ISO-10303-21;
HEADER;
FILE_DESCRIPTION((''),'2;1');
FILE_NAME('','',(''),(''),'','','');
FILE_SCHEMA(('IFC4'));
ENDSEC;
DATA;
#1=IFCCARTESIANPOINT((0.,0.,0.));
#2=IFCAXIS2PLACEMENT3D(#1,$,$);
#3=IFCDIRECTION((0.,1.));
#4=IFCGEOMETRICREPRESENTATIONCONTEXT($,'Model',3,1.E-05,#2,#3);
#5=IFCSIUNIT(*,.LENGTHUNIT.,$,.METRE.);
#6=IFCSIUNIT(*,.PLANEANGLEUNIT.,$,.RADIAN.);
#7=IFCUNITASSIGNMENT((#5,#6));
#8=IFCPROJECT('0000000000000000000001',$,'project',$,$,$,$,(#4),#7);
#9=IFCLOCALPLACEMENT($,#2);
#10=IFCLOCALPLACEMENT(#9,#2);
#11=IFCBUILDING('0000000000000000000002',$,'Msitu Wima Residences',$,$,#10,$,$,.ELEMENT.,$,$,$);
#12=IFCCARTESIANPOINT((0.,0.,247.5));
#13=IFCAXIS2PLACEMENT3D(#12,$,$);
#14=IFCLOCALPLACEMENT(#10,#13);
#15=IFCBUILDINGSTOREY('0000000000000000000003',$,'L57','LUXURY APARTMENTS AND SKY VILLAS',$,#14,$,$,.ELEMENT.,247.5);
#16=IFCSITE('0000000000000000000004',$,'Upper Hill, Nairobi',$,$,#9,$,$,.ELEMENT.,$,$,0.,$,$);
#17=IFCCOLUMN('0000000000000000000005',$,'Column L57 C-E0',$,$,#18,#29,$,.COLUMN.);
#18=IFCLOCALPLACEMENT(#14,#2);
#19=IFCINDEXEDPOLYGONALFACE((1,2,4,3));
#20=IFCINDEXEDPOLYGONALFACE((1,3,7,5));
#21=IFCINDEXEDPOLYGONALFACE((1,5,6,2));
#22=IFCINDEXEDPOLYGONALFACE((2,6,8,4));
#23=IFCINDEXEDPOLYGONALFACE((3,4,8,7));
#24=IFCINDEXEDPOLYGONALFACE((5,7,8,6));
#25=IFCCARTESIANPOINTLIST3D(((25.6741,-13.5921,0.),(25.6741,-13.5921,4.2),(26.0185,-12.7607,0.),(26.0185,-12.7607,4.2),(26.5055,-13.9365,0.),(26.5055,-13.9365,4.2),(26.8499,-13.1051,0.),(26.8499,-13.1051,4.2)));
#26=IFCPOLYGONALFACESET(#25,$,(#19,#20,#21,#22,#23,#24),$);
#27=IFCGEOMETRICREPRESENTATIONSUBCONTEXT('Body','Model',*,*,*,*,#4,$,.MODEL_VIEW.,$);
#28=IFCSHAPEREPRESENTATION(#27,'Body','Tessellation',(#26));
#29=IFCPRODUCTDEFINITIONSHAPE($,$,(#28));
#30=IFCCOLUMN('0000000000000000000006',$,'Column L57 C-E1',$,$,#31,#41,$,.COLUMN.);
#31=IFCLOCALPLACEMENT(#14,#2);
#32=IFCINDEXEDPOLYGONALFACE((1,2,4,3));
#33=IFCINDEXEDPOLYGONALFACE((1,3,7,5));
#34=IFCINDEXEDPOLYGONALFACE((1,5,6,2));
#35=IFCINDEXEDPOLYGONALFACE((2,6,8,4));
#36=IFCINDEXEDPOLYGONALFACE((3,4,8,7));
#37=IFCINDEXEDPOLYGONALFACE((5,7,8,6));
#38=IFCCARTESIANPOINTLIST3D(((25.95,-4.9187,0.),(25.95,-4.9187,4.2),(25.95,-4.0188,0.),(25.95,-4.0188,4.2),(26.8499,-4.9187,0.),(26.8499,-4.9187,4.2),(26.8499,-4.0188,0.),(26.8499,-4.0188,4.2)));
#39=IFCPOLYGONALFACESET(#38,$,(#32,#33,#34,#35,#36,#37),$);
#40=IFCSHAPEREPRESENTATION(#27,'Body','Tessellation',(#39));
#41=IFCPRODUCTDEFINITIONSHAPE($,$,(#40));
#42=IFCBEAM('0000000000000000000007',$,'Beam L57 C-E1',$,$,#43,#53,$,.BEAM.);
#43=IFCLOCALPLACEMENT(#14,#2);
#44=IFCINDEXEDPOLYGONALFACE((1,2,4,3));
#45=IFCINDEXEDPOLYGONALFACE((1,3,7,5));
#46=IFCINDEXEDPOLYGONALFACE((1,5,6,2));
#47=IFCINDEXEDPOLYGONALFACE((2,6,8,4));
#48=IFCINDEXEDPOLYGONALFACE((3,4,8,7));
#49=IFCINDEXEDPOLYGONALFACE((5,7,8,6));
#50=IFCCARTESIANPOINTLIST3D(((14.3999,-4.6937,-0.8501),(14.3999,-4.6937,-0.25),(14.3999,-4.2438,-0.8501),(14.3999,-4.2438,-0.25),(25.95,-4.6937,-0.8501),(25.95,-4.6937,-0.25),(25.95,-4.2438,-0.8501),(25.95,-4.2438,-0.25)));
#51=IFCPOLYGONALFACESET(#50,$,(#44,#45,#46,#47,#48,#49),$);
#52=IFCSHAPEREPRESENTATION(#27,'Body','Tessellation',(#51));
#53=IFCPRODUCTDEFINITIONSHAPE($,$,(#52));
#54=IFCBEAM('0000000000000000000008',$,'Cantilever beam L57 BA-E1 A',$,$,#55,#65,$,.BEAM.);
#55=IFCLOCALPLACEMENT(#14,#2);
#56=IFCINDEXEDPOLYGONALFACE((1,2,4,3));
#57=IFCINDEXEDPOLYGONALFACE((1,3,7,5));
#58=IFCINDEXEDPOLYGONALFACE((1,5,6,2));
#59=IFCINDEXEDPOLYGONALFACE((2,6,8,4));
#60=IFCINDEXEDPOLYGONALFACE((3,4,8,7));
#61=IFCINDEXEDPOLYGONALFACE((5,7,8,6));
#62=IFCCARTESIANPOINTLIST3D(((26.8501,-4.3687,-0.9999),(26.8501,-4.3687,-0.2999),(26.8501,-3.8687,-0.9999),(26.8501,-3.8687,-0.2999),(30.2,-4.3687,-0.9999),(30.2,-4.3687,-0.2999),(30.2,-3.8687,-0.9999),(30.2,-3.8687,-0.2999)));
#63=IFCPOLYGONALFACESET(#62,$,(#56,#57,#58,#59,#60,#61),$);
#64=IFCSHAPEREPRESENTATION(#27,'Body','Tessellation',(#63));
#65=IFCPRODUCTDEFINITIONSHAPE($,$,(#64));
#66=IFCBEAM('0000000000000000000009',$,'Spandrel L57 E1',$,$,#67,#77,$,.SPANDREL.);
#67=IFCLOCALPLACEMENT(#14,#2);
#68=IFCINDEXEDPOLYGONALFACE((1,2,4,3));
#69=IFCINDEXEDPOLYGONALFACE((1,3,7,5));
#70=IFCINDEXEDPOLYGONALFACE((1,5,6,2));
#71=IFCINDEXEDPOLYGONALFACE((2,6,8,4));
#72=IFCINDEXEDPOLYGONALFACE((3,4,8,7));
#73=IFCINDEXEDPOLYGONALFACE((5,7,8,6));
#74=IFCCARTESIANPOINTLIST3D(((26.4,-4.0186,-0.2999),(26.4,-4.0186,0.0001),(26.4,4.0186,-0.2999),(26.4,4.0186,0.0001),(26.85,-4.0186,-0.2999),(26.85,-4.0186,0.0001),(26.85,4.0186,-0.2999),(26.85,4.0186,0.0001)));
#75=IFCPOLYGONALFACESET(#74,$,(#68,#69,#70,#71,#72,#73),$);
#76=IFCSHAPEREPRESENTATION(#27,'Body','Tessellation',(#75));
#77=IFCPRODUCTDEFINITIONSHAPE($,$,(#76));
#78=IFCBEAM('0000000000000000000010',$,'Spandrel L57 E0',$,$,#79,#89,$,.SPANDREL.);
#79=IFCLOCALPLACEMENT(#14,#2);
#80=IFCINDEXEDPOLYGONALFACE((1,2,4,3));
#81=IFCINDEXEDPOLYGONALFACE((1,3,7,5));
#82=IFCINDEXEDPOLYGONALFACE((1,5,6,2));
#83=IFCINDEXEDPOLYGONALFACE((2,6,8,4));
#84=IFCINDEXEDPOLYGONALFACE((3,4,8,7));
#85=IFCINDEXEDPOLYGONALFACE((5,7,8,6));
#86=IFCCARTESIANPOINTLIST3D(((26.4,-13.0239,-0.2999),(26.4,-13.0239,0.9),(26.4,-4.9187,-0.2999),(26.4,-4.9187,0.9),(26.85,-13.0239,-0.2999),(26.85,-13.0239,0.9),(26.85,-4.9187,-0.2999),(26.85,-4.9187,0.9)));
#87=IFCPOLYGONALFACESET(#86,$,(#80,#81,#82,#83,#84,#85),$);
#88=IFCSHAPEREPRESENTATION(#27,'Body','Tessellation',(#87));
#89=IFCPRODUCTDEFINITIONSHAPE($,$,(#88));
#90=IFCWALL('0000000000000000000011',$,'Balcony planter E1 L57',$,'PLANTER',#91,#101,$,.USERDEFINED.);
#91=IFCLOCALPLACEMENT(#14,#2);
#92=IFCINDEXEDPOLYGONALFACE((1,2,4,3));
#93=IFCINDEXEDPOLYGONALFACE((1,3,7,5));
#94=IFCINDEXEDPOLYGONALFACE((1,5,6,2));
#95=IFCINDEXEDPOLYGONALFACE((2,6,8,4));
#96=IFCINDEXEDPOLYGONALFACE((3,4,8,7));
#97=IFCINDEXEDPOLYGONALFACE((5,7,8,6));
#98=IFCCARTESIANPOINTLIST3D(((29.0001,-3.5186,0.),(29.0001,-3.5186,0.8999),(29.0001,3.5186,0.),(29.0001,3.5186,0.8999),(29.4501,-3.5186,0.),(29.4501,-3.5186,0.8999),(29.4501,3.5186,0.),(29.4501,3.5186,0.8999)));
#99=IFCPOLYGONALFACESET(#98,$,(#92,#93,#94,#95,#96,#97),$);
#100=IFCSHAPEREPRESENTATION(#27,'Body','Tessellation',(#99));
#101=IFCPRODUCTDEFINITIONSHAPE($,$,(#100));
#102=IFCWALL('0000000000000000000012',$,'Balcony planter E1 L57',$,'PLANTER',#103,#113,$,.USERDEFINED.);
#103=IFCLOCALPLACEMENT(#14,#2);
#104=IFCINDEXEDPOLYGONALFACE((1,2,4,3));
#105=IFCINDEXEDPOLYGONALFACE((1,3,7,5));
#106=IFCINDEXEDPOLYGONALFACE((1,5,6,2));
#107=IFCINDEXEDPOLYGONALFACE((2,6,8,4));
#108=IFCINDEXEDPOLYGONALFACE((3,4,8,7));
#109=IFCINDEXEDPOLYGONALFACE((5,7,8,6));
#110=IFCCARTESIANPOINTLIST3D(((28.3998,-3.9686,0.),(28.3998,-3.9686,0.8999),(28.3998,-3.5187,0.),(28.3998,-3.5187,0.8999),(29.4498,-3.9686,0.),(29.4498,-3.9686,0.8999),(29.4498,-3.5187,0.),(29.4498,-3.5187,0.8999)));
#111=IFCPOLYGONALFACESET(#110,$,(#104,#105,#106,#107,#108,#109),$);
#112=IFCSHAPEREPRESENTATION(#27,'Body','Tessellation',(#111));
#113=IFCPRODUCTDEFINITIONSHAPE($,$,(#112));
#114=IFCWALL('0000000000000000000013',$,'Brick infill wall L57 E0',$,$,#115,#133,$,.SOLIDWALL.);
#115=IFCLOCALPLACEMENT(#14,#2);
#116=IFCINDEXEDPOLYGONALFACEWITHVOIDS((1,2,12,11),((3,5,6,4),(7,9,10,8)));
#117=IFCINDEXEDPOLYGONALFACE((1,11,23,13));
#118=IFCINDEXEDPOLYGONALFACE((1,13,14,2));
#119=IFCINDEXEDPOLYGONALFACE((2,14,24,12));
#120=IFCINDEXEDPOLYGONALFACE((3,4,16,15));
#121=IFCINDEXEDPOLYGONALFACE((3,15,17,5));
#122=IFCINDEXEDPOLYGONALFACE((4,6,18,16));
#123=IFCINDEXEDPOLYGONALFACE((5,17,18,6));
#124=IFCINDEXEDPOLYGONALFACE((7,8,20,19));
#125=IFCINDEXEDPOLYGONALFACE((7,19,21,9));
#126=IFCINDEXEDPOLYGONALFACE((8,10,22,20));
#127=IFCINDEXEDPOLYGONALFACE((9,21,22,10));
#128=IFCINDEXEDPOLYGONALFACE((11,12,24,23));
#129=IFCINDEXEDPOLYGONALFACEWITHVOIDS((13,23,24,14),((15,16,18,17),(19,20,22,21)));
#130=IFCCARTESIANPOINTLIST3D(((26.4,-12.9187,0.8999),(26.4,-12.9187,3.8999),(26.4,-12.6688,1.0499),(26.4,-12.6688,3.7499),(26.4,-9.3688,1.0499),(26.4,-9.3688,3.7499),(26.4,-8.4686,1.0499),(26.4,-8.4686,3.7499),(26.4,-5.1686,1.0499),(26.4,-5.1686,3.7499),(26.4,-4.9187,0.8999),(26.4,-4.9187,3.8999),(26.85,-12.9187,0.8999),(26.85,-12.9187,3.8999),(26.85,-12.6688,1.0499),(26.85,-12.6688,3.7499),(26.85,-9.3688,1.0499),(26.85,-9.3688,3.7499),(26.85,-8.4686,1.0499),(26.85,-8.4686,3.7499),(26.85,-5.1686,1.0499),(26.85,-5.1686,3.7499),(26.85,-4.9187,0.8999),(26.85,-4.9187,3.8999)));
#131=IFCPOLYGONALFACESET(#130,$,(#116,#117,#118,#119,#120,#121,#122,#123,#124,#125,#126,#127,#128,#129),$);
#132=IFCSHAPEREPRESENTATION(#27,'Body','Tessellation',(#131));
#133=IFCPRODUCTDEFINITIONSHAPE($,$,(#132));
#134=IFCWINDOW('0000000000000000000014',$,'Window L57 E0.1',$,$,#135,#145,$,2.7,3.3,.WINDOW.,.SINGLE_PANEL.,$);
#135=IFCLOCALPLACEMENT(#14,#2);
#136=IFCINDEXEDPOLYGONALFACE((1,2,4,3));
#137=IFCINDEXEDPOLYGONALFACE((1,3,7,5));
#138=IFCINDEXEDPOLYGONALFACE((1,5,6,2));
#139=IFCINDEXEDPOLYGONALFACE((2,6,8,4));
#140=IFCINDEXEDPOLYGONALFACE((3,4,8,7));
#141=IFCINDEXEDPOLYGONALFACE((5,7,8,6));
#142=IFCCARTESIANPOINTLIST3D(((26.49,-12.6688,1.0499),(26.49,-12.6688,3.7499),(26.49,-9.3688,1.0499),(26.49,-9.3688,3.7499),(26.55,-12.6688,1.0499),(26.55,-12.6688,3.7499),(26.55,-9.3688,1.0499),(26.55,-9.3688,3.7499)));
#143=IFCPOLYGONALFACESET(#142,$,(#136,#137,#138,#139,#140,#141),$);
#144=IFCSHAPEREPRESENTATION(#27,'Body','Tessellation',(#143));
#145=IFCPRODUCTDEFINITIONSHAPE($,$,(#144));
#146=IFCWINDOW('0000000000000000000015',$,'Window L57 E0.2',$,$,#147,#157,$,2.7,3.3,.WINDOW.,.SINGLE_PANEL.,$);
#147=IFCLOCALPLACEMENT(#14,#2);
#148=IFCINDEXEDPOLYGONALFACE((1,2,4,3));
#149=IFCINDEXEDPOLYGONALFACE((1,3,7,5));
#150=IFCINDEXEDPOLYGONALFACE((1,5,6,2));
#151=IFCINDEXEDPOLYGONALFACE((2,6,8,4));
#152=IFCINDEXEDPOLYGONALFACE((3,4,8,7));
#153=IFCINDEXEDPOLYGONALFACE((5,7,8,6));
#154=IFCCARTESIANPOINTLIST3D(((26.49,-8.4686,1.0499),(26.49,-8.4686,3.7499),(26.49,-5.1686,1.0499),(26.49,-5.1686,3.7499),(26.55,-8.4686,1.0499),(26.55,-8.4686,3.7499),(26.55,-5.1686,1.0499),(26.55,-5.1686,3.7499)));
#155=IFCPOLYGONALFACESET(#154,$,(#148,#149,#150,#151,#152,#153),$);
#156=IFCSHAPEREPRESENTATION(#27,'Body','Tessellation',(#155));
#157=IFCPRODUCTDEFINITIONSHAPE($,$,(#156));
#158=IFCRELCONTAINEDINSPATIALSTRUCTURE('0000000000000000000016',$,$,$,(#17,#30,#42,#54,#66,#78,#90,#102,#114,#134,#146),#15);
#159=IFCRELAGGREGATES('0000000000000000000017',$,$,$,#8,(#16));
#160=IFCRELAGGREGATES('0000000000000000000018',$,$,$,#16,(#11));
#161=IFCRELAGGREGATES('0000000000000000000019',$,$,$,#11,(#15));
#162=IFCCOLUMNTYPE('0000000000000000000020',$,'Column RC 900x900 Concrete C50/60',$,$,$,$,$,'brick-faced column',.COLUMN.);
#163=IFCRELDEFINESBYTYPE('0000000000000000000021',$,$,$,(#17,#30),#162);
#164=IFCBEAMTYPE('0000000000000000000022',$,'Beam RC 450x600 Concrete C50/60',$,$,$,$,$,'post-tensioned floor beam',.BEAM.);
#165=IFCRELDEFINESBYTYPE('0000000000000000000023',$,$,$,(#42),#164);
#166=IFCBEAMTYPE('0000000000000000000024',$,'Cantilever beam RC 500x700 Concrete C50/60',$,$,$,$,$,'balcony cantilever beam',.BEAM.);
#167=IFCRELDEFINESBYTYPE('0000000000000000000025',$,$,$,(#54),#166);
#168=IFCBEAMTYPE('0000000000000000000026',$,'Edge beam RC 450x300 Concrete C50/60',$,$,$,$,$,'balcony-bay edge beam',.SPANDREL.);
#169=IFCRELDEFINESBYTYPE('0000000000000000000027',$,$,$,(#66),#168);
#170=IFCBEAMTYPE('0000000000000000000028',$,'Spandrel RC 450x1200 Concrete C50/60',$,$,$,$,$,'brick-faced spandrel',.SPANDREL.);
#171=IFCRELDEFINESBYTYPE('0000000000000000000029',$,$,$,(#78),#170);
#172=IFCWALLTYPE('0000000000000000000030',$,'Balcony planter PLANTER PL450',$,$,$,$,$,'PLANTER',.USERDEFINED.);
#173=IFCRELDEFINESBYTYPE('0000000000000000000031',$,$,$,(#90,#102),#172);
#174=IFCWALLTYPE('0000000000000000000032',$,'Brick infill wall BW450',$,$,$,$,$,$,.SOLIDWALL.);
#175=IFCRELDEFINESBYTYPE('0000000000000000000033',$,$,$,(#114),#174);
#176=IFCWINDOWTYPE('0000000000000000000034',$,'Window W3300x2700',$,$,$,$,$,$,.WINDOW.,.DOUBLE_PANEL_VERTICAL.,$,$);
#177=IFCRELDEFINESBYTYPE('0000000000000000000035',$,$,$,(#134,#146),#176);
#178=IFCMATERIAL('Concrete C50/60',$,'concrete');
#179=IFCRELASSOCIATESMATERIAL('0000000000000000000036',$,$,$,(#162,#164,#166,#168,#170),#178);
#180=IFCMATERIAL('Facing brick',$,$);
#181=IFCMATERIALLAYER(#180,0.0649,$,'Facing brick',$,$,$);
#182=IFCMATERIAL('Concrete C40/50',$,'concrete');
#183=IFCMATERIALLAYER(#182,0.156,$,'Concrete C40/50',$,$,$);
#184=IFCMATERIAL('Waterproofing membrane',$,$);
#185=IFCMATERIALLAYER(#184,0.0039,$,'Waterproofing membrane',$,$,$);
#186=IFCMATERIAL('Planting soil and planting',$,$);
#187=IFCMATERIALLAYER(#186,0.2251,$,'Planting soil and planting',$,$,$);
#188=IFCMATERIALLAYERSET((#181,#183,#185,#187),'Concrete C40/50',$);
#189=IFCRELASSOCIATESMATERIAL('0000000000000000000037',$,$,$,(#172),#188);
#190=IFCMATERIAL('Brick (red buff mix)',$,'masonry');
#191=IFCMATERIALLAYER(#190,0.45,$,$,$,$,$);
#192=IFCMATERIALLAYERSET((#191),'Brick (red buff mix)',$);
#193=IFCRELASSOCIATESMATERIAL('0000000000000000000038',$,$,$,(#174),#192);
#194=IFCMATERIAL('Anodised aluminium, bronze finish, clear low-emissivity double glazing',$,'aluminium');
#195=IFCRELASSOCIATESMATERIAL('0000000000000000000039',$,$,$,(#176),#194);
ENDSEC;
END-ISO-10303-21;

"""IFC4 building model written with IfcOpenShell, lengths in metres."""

from ifc_helpers import new_model, si_unit, direction, frame, frame_2d, origin, origin_2d, place, context, subcontext, project, spatial, rectangle, extrude, material, layer, layer_set, material_profile, profile_set, type_object, element, fill, save


model = new_model("IFC4")

# Units and contexts
model_context = context("Model", 3, precision=1e-05, world=origin(), true_north=direction((0.0, 1.0)))
body_context = subcontext(model_context, "Body", "Model", "MODEL_VIEW")
ifc_project = project(units=[si_unit("LENGTHUNIT", "METRE"), si_unit("PLANEANGLEUNIT", "RADIAN")], contexts=[model_context])

# Site, building, storey
site_placement = place(None, origin())
site = spatial("IfcSite", under=ifc_project, at=site_placement, Name="Upper Hill, Nairobi", CompositionType="ELEMENT", RefElevation=0.0)
building_placement = place(site_placement, origin())
building = spatial("IfcBuilding", under=site, at=building_placement, Name="Msitu Wima Residences", CompositionType="ELEMENT")
storey_placement = place(building_placement, frame((0.0, 0.0, 247.5)))
storey = spatial("IfcBuildingStorey", under=building, at=storey_placement, Name="L57", Description="LUXURY APARTMENTS AND SKY VILLAS", CompositionType="ELEMENT", Elevation=247.5)

# Columns
ifc_material_1 = material(Name="Concrete C50/60", Category="concrete")
ifc_material_profile_1 = material_profile(ifc_material_1, rectangle(XDim=0.8999, YDim=0.8999, at=origin_2d()), Name="RC 900x900")
ifc_profile_set_1 = profile_set([ifc_material_profile_1], Name="Concrete C50/60")
column_type = type_object("IfcColumnType", Name="Column RC 900x900 Concrete C50/60", ElementType="brick-faced column", PredefinedType="COLUMN", material=ifc_profile_set_1)
for number, where, z_axis, x_axis, name in (
    (1, (26.262, -13.3486, 0.0), (0.0, 0.0, 1.0), (0.382683, 0.92388, 0.0), "Column L57 C-E0"),
    (2, (26.3999, -4.4688, 0.0), (0.0, 0.0, 1.0), (0.0, 1.0, 0.0), "Column L57 C-E1"),
):
    element("IfcColumn", number, at=place(storey_placement, frame(where, z_axis=z_axis, x_axis=x_axis)), inside=storey, type_object=column_type, Name=name, PredefinedType="COLUMN", context=body_context, shape_type="SweptSolid", body=[
        extrude(rectangle(XDim=0.8999, YDim=0.8999, at=origin_2d()), origin(), (0.0, 0.0, 1.0), 4.2),
    ])

# Beams
ifc_material_profile_2 = material_profile(ifc_material_1, rectangle(XDim=0.45, YDim=0.6001, at=origin_2d()), Name="RC 450x600")
ifc_profile_set_2 = profile_set([ifc_material_profile_2], Name="Concrete C50/60")
beam_type_1 = type_object("IfcBeamType", Name="Beam RC 450x600 Concrete C50/60", ElementType="post-tensioned floor beam", PredefinedType="BEAM", material=ifc_profile_set_2)
beam_1_placement = place(storey_placement, frame((25.95, -4.4688, -0.55), z_axis=(-1.0, 0.0, 0.0), x_axis=(0.0, -1.0, 0.0)))
element("IfcBeam", 3, at=beam_1_placement, inside=storey, type_object=beam_type_1, Name="Beam L57 C-E1", PredefinedType="BEAM", context=body_context, shape_type="SweptSolid", body=[
    extrude(rectangle(XDim=0.45, YDim=0.6001, at=origin_2d()), origin(), (0.0, 0.0, 1.0), 11.55),
])
ifc_material_profile_3 = material_profile(ifc_material_1, rectangle(XDim=0.5, YDim=0.7, at=origin_2d()), Name="RC 500x700")
ifc_profile_set_3 = profile_set([ifc_material_profile_3], Name="Concrete C50/60")
beam_type_2 = type_object("IfcBeamType", Name="Cantilever beam RC 500x700 Concrete C50/60", ElementType="balcony cantilever beam", PredefinedType="BEAM", material=ifc_profile_set_3)
beam_2_placement = place(storey_placement, frame((26.8501, -4.1187, -0.6499), z_axis=(1.0, 0.0, 0.0), x_axis=(0.0, 1.0, 0.0)))
element("IfcBeam", 4, at=beam_2_placement, inside=storey, type_object=beam_type_2, Name="Cantilever beam L57 BA-E1 A", PredefinedType="BEAM", context=body_context, shape_type="SweptSolid", body=[
    extrude(rectangle(XDim=0.5, YDim=0.7, at=origin_2d()), origin(), (0.0, 0.0, 1.0), 3.3499),
])
ifc_material_profile_4 = material_profile(ifc_material_1, rectangle(XDim=0.45, YDim=0.3, at=origin_2d()), Name="RC 450x300")
ifc_profile_set_4 = profile_set([ifc_material_profile_4], Name="Concrete C50/60")
beam_type_3 = type_object("IfcBeamType", Name="Edge beam RC 450x300 Concrete C50/60", ElementType="balcony-bay edge beam", PredefinedType="SPANDREL", material=ifc_profile_set_4)
beam_3_placement = place(storey_placement, frame((26.625, -4.0186, -0.1499), z_axis=(0.0, 1.0, 0.0), x_axis=(-1.0, 0.0, 0.0)))
element("IfcBeam", 5, at=beam_3_placement, inside=storey, type_object=beam_type_3, Name="Spandrel L57 E1", PredefinedType="SPANDREL", context=body_context, shape_type="SweptSolid", body=[
    extrude(rectangle(XDim=0.45, YDim=0.3, at=origin_2d()), origin(), (0.0, 0.0, 1.0), 8.0371),
])
ifc_material_profile_5 = material_profile(ifc_material_1, rectangle(XDim=0.45, YDim=1.2, at=origin_2d()), Name="RC 450x1200")
ifc_profile_set_5 = profile_set([ifc_material_profile_5], Name="Concrete C50/60")
beam_type_4 = type_object("IfcBeamType", Name="Spandrel RC 450x1200 Concrete C50/60", ElementType="brick-faced spandrel", PredefinedType="SPANDREL", material=ifc_profile_set_5)
beam_4_placement = place(storey_placement, frame((26.625, -13.0239, 0.3), z_axis=(0.0, 1.0, 0.0), x_axis=(-1.0, 0.0, 0.0)))
element("IfcBeam", 6, at=beam_4_placement, inside=storey, type_object=beam_type_4, Name="Spandrel L57 E0", PredefinedType="SPANDREL", context=body_context, shape_type="SweptSolid", body=[
    extrude(rectangle(XDim=0.45, YDim=1.2, at=origin_2d()), origin(), (0.0, 0.0, 1.0), 8.1052),
])

# Walls
ifc_material_2 = material(Name="Facing brick")
ifc_layer_1 = layer(ifc_material_2, 0.0649, Name="Facing brick")
ifc_material_3 = material(Name="Concrete C40/50", Category="concrete")
ifc_layer_2 = layer(ifc_material_3, 0.156, Name="Concrete C40/50")
ifc_material_4 = material(Name="Waterproofing membrane")
ifc_layer_3 = layer(ifc_material_4, 0.0039, Name="Waterproofing membrane")
ifc_material_5 = material(Name="Planting soil and planting")
ifc_layer_4 = layer(ifc_material_5, 0.2251, Name="Planting soil and planting")
ifc_layer_set_1 = layer_set([ifc_layer_1, ifc_layer_2, ifc_layer_3, ifc_layer_4], Name="Concrete C40/50")
wall_type_1 = type_object("IfcWallType", Name="Balcony planter PLANTER PL450", ElementType="PLANTER", PredefinedType="USERDEFINED", material=ifc_layer_set_1)
wall_1_placement = place(storey_placement, frame((29.2251, -3.5186, 0.0), z_axis=(0.0, 0.0, 1.0), x_axis=(0.0, 1.0, 0.0)))
element("IfcWall", 7, at=wall_1_placement, inside=storey, type_object=wall_type_1, Name="Balcony planter E1 L57", ObjectType="PLANTER", PredefinedType="USERDEFINED", context=body_context, shape_type="SweptSolid", body=[
    extrude(rectangle(XDim=7.0371, YDim=0.45, at=frame_2d((3.5186, 0.0))), origin(), (0.0, 0.0, 1.0), 0.8999),
])
wall_2_placement = place(storey_placement, frame((28.3999, -3.7437, 0.0), z_axis=(0.0, 0.0, 1.0), x_axis=(1.0, 0.0, 0.0)))
element("IfcWall", 8, at=wall_2_placement, inside=storey, type_object=wall_type_1, Name="Balcony planter E1 L57", ObjectType="PLANTER", PredefinedType="USERDEFINED", context=body_context, shape_type="SweptSolid", body=[
    extrude(rectangle(XDim=1.05, YDim=0.45, at=frame_2d((0.5249, 0.0))), origin(), (0.0, 0.0, 1.0), 0.8999),
])

# Wall, openings, windows
ifc_material_6 = material(Name="Brick (red buff mix)", Category="masonry")
ifc_layer_5 = layer(ifc_material_6, 0.45)
ifc_layer_set_2 = layer_set([ifc_layer_5], Name="Brick (red buff mix)")
wall_type_2 = type_object("IfcWallType", Name="Brick infill wall BW450", PredefinedType="SOLIDWALL", material=ifc_layer_set_2)
wall_3_placement = place(storey_placement, frame((26.625, -12.9187, 0.8999), z_axis=(0.0, 0.0, 1.0), x_axis=(0.0, 1.0, 0.0)))
wall_3 = element("IfcWall", 9, at=wall_3_placement, inside=storey, type_object=wall_type_2, Name="Brick infill wall L57 E0", PredefinedType="SOLIDWALL", context=body_context, shape_type="SweptSolid", body=[
    extrude(rectangle(XDim=8.0, YDim=0.45, at=frame_2d((4.0, 0.0))), origin(), (0.0, 0.0, 1.0), 3.0),
])
opening_1_placement = place(wall_3_placement, frame((0.25, 0.0, 0.1499)))
opening_1 = element("IfcOpeningElement", 10, at=opening_1_placement, cuts=wall_3, PredefinedType="OPENING", context=body_context, shape_type="SweptSolid", body=[
    extrude(rectangle(XDim=3.3, YDim=2.7, at=frame_2d((1.6499, 1.3501))), frame((0.0, 0.2349, 0.0), z_axis=(0.0, -1.0, 0.0), x_axis=(1.0, 0.0, 0.0)), (0.0, 0.0, 1.0), 0.47),
])
opening_2_placement = place(wall_3_placement, frame((4.4502, 0.0, 0.1499)))
opening_2 = element("IfcOpeningElement", 11, at=opening_2_placement, cuts=wall_3, PredefinedType="OPENING", context=body_context, shape_type="SweptSolid", body=[
    extrude(rectangle(XDim=3.3, YDim=2.7, at=frame_2d((1.6499, 1.3501))), frame((0.0, 0.2349, 0.0), z_axis=(0.0, -1.0, 0.0), x_axis=(1.0, 0.0, 0.0)), (0.0, 0.0, 1.0), 0.47),
])
ifc_material_7 = material(Name="Anodised aluminium, bronze finish, clear low-emissivity double glazing", Category="aluminium")
window_type = type_object("IfcWindowType", Name="Window W3300x2700", PartitioningType="DOUBLE_PANEL_VERTICAL", PredefinedType="WINDOW", material=ifc_material_7)
window_1_placement = place(opening_1_placement, origin())
window_1 = element("IfcWindow", 12, at=window_1_placement, inside=storey, type_object=window_type, Name="Window L57 E0.1", OverallHeight=2.7, OverallWidth=3.3, PartitioningType="SINGLE_PANEL", PredefinedType="WINDOW", context=body_context, shape_type="SweptSolid", body=[
    extrude(rectangle(XDim=3.3, YDim=2.7, at=frame_2d((1.6499, 1.3501))), frame((0.0, 0.135, 0.0), z_axis=(0.0, -1.0, 0.0), x_axis=(1.0, 0.0, 0.0)), (0.0, 0.0, 1.0), 0.0601),
])
fill(opening_1, window_1)
window_2_placement = place(opening_2_placement, origin())
window_2 = element("IfcWindow", 13, at=window_2_placement, inside=storey, type_object=window_type, Name="Window L57 E0.2", OverallHeight=2.7, OverallWidth=3.3, PartitioningType="SINGLE_PANEL", PredefinedType="WINDOW", context=body_context, shape_type="SweptSolid", body=[
    extrude(rectangle(XDim=3.3, YDim=2.7, at=frame_2d((1.6499, 1.3501))), frame((0.0, 0.135, 0.0), z_axis=(0.0, -1.0, 0.0), x_axis=(1.0, 0.0, 0.0)), (0.0, 0.0, 1.0), 0.0601),
])
fill(opening_2, window_2)

save(model, "model.ifc")
